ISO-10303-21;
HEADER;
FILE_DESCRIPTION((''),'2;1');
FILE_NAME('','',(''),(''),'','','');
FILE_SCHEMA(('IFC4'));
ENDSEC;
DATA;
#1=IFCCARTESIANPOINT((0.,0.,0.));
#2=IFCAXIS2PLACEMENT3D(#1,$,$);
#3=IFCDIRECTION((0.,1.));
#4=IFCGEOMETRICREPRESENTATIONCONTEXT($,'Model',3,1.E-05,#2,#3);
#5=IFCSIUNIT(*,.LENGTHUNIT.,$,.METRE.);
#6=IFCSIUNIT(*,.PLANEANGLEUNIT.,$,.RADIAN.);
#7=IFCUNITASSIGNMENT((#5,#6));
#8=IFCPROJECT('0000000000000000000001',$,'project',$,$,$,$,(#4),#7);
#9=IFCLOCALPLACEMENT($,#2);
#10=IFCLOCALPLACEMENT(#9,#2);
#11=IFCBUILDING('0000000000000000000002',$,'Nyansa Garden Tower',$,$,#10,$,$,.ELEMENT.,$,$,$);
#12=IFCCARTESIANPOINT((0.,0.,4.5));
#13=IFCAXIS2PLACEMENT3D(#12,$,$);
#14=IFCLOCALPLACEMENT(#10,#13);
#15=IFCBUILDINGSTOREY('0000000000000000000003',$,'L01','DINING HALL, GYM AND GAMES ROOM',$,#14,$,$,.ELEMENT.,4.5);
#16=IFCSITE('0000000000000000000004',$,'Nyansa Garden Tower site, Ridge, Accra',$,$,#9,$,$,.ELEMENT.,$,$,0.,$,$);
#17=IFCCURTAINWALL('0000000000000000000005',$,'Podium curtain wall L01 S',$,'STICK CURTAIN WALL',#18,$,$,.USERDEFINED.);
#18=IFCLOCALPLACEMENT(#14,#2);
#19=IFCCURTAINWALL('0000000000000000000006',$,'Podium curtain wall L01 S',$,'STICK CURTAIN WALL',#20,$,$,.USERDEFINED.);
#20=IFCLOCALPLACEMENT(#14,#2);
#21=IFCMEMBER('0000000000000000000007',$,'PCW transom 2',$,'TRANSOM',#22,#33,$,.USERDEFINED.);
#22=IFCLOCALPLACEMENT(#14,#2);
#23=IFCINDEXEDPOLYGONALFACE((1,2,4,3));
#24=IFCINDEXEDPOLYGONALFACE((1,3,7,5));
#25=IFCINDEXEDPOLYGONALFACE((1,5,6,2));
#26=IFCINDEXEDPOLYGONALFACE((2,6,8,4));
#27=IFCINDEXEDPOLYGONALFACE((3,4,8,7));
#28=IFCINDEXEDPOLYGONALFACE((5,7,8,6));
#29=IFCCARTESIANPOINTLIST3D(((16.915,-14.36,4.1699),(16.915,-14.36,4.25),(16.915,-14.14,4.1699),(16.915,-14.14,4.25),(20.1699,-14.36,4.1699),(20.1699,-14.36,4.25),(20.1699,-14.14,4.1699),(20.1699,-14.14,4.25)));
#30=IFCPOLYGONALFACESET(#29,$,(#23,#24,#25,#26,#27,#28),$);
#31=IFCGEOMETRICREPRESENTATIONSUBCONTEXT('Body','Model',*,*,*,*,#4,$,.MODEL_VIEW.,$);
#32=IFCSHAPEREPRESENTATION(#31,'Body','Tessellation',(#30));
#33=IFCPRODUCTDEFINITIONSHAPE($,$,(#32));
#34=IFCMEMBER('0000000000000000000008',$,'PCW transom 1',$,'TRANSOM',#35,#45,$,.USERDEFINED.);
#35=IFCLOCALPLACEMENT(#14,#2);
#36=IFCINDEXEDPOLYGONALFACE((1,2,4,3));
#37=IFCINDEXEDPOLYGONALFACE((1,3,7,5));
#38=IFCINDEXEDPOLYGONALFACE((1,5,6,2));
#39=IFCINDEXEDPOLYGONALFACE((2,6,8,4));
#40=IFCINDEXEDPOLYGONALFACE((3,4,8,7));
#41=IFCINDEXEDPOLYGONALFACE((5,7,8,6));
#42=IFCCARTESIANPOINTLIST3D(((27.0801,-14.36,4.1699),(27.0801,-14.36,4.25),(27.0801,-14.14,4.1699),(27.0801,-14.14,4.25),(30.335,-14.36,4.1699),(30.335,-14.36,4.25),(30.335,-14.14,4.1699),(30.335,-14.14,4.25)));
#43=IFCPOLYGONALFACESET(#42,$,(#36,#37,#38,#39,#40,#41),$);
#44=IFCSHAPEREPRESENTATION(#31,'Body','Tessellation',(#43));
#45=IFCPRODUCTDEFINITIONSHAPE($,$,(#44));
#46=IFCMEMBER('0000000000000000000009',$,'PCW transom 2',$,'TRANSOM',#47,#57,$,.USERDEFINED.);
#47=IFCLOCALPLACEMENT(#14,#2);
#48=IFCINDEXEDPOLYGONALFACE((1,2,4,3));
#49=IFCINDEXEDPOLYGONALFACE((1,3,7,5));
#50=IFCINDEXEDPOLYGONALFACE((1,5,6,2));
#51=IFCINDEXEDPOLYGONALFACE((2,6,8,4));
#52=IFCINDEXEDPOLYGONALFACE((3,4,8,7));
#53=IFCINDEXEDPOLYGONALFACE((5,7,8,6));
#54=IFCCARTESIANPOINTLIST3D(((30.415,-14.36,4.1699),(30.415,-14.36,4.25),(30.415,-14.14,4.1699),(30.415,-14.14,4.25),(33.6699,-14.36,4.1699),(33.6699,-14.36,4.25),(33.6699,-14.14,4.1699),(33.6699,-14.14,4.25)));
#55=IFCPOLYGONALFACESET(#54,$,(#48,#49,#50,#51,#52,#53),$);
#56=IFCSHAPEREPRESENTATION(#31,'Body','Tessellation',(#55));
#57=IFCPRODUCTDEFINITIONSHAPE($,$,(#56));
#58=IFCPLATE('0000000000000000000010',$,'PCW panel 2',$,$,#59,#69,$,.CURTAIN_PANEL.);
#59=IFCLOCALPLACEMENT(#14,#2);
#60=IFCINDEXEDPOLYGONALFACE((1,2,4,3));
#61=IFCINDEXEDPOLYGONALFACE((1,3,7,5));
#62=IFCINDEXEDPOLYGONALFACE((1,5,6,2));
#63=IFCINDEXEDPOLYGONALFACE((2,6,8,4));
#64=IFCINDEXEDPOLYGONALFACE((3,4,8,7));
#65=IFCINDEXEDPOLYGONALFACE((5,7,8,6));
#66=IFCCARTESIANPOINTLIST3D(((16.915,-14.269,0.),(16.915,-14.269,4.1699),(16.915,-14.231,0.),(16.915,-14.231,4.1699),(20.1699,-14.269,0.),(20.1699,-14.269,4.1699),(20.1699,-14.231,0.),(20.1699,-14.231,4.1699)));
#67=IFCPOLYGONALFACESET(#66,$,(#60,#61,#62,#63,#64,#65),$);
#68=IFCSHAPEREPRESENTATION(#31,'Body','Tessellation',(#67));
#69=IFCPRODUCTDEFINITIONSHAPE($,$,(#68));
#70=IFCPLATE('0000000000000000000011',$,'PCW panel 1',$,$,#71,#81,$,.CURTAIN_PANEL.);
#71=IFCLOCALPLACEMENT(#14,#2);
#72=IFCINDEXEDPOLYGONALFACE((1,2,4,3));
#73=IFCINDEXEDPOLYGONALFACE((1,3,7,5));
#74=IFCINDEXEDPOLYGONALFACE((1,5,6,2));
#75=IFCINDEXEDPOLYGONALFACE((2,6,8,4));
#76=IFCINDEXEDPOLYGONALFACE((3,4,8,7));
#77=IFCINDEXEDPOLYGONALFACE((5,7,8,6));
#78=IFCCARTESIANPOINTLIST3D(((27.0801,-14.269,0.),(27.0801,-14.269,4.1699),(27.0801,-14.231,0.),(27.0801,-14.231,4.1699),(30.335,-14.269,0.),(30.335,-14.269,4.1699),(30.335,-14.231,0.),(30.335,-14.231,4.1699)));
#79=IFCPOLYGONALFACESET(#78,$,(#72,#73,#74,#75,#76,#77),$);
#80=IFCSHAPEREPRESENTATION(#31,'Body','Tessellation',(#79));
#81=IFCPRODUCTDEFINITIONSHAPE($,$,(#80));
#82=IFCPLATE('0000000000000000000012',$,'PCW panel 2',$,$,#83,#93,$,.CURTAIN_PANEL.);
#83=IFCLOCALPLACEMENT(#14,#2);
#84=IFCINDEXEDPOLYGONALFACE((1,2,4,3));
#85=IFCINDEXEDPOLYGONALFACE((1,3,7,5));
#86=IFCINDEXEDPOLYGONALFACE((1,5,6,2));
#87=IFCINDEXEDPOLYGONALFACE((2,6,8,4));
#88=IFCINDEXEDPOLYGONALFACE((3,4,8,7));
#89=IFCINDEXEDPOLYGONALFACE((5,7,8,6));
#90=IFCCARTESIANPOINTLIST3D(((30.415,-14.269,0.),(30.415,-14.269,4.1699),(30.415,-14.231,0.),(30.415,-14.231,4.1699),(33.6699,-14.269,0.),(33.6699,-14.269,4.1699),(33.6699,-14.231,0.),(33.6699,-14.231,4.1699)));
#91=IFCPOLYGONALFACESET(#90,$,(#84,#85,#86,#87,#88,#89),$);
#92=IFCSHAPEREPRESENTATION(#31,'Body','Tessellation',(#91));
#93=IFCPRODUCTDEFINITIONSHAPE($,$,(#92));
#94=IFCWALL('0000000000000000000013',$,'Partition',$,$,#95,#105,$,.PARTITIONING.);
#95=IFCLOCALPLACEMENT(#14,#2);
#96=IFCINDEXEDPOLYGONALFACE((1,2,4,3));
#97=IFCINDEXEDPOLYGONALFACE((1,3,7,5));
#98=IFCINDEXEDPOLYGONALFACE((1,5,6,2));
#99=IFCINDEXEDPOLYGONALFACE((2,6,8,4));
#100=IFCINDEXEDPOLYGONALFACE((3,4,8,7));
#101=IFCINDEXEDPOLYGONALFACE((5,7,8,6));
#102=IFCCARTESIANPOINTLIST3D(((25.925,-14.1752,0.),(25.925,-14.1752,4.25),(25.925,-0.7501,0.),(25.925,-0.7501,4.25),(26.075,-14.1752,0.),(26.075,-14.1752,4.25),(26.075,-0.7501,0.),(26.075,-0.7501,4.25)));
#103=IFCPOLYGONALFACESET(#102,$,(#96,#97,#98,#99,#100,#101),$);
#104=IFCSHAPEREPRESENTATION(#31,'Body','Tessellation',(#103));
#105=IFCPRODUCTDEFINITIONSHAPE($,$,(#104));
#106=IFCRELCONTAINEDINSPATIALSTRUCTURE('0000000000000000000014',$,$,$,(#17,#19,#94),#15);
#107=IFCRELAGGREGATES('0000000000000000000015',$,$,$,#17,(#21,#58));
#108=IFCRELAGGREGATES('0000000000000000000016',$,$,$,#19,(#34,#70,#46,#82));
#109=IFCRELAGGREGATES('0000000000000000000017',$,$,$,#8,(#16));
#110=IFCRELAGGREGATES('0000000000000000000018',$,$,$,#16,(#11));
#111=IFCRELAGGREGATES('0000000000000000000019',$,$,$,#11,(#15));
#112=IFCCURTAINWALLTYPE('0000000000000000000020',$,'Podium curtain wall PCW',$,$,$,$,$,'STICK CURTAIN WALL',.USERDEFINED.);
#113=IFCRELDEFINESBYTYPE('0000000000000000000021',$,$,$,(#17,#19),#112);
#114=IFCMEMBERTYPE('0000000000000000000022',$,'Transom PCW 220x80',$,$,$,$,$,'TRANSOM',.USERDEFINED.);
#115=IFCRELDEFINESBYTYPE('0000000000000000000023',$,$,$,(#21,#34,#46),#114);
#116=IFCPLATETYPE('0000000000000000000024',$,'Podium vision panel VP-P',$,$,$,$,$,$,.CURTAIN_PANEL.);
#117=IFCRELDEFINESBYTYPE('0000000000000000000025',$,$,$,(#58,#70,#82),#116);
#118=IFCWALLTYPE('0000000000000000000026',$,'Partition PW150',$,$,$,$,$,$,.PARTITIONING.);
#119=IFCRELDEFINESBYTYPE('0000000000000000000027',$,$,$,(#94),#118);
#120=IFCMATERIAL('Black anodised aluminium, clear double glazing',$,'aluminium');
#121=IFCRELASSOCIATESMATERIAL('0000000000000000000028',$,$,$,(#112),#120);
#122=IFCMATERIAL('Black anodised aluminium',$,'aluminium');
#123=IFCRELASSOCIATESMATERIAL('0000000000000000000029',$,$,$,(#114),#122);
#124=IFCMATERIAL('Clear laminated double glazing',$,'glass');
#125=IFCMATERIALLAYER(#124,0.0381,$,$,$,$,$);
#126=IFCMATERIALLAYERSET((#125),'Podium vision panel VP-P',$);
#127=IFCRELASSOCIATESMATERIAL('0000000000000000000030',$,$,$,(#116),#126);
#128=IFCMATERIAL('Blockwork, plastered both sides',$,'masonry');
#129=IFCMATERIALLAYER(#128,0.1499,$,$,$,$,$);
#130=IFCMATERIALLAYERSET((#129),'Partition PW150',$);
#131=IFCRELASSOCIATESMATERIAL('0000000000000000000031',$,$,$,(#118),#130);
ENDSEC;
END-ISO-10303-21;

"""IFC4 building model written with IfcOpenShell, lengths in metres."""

from ifc_helpers import new_model, si_unit, direction, frame, frame_2d, origin, origin_2d, place, context, subcontext, project, spatial, rectangle, extrude, material, layer, layer_set, material_profile, profile_set, type_object, element, aggregate, save


model = new_model("IFC4")

# Units and contexts
model_context = context("Model", 3, precision=1e-05, world=origin(), true_north=direction((0.0, 1.0)))
body_context = subcontext(model_context, "Body", "Model", "MODEL_VIEW")
ifc_project = project(units=[si_unit("LENGTHUNIT", "METRE"), si_unit("PLANEANGLEUNIT", "RADIAN")], contexts=[model_context])

# Site, building, storey
site_placement = place(None, origin())
site = spatial("IfcSite", under=ifc_project, at=site_placement, Name="Nyansa Garden Tower site, Ridge, Accra", CompositionType="ELEMENT", RefElevation=0.0)
building_placement = place(site_placement, origin())
building = spatial("IfcBuilding", under=site, at=building_placement, Name="Nyansa Garden Tower", CompositionType="ELEMENT")
storey_placement = place(building_placement, frame((0.0, 0.0, 4.5)))
storey = spatial("IfcBuildingStorey", under=building, at=storey_placement, Name="L01", Description="DINING HALL, GYM AND GAMES ROOM", CompositionType="ELEMENT", Elevation=4.5)

# Curtain walls
ifc_material_1 = material(Name="Black anodised aluminium, clear double glazing", Category="aluminium")
curtain_wall_type = type_object("IfcCurtainWallType", Name="Podium curtain wall PCW", ElementType="STICK CURTAIN WALL", PredefinedType="USERDEFINED", material=ifc_material_1)
curtain_wall_1_placement = place(storey_placement, origin())
curtain_wall_1 = element("IfcCurtainWall", 1, at=curtain_wall_1_placement, inside=storey, type_object=curtain_wall_type, Name="Podium curtain wall L01 S", ObjectType="STICK CURTAIN WALL", PredefinedType="USERDEFINED")
curtain_wall_2_placement = place(storey_placement, origin())
curtain_wall_2 = element("IfcCurtainWall", 2, at=curtain_wall_2_placement, inside=storey, type_object=curtain_wall_type, Name="Podium curtain wall L01 S", ObjectType="STICK CURTAIN WALL", PredefinedType="USERDEFINED")

# Members
ifc_material_2 = material(Name="Black anodised aluminium", Category="aluminium")
ifc_material_profile_1 = material_profile(ifc_material_2, rectangle(XDim=0.22, YDim=0.0801, at=origin_2d()), Name="Transom 220x80")
ifc_profile_set_1 = profile_set([ifc_material_profile_1], Name="Black anodised aluminium")
member_type_1 = type_object("IfcMemberType", Name="Transom PCW 220x80", ElementType="TRANSOM", PredefinedType="USERDEFINED", material=ifc_profile_set_1)
member_1_placement = place(storey_placement, frame((16.915, -14.25, 4.21), z_axis=(1.0, 0.0, 0.0), x_axis=(0.0, 1.0, 0.0)))
member_1 = element("IfcMember", 3, at=member_1_placement, type_object=member_type_1, Name="PCW transom 2", ObjectType="TRANSOM", PredefinedType="USERDEFINED", context=body_context, shape_type="SweptSolid", body=[
    extrude(rectangle(XDim=0.22, YDim=0.0801, at=origin_2d()), origin(), (0.0, 0.0, 1.0), 3.2549),
])
member_2_placement = place(storey_placement, frame((27.0801, -14.25, 4.21), z_axis=(1.0, 0.0, 0.0), x_axis=(0.0, 1.0, 0.0)))
member_2 = element("IfcMember", 4, at=member_2_placement, type_object=member_type_1, Name="PCW transom 1", ObjectType="TRANSOM", PredefinedType="USERDEFINED", context=body_context, shape_type="SweptSolid", body=[
    extrude(rectangle(XDim=0.22, YDim=0.0801, at=origin_2d()), origin(), (0.0, 0.0, 1.0), 3.2549),
])
member_3_placement = place(storey_placement, frame((30.415, -14.25, 4.21), z_axis=(1.0, 0.0, 0.0), x_axis=(0.0, 1.0, 0.0)))
member_3 = element("IfcMember", 5, at=member_3_placement, type_object=member_type_1, Name="PCW transom 2", ObjectType="TRANSOM", PredefinedType="USERDEFINED", context=body_context, shape_type="SweptSolid", body=[
    extrude(rectangle(XDim=0.22, YDim=0.0801, at=origin_2d()), origin(), (0.0, 0.0, 1.0), 3.2549),
])

# Plates
ifc_material_3 = material(Name="Clear laminated double glazing", Category="glass")
ifc_layer_1 = layer(ifc_material_3, 0.0381)
ifc_layer_set_1 = layer_set([ifc_layer_1], Name="Podium vision panel VP-P")
plate_type = type_object("IfcPlateType", Name="Podium vision panel VP-P", PredefinedType="CURTAIN_PANEL", material=ifc_layer_set_1)
plate_1_placement = place(storey_placement, frame((18.5425, -14.25, 0.0), z_axis=(0.0, 0.0, 1.0), x_axis=(1.0, 0.0, 0.0)))
plate_1 = element("IfcPlate", 6, at=plate_1_placement, type_object=plate_type, Name="PCW panel 2", PredefinedType="CURTAIN_PANEL", context=body_context, shape_type="SweptSolid", body=[
    extrude(rectangle(XDim=3.2549, YDim=0.0381, at=origin_2d()), origin(), (0.0, 0.0, 1.0), 4.1699),
])
aggregate(curtain_wall_1, [member_1, plate_1])
plate_2_placement = place(storey_placement, frame((28.7075, -14.25, 0.0), z_axis=(0.0, 0.0, 1.0), x_axis=(1.0, 0.0, 0.0)))
plate_2 = element("IfcPlate", 7, at=plate_2_placement, type_object=plate_type, Name="PCW panel 1", PredefinedType="CURTAIN_PANEL", context=body_context, shape_type="SweptSolid", body=[
    extrude(rectangle(XDim=3.2549, YDim=0.0381, at=origin_2d()), origin(), (0.0, 0.0, 1.0), 4.1699),
])
plate_3_placement = place(storey_placement, frame((32.0425, -14.25, 0.0), z_axis=(0.0, 0.0, 1.0), x_axis=(1.0, 0.0, 0.0)))
plate_3 = element("IfcPlate", 8, at=plate_3_placement, type_object=plate_type, Name="PCW panel 2", PredefinedType="CURTAIN_PANEL", context=body_context, shape_type="SweptSolid", body=[
    extrude(rectangle(XDim=3.2549, YDim=0.0381, at=origin_2d()), origin(), (0.0, 0.0, 1.0), 4.1699),
])
aggregate(curtain_wall_2, [member_2, plate_2, member_3, plate_3])

# Wall
ifc_material_4 = material(Name="Blockwork, plastered both sides", Category="masonry")
ifc_layer_2 = layer(ifc_material_4, 0.1499)
ifc_layer_set_2 = layer_set([ifc_layer_2], Name="Partition PW150")
wall_type_1 = type_object("IfcWallType", Name="Partition PW150", PredefinedType="PARTITIONING", material=ifc_layer_set_2)
wall_1_placement = place(storey_placement, frame((26.0, -14.175, 0.0), z_axis=(0.0, 0.0, 1.0), x_axis=(0.0, 1.0, 0.0)))
element("IfcWall", 9, at=wall_1_placement, inside=storey, type_object=wall_type_1, Name="Partition", PredefinedType="PARTITIONING", context=body_context, shape_type="SweptSolid", body=[
    extrude(rectangle(XDim=13.425, YDim=0.1499, at=frame_2d((6.7124, 0.0))), origin(), (0.0, 0.0, 1.0), 4.25),
])

save(model, "model.ifc")
